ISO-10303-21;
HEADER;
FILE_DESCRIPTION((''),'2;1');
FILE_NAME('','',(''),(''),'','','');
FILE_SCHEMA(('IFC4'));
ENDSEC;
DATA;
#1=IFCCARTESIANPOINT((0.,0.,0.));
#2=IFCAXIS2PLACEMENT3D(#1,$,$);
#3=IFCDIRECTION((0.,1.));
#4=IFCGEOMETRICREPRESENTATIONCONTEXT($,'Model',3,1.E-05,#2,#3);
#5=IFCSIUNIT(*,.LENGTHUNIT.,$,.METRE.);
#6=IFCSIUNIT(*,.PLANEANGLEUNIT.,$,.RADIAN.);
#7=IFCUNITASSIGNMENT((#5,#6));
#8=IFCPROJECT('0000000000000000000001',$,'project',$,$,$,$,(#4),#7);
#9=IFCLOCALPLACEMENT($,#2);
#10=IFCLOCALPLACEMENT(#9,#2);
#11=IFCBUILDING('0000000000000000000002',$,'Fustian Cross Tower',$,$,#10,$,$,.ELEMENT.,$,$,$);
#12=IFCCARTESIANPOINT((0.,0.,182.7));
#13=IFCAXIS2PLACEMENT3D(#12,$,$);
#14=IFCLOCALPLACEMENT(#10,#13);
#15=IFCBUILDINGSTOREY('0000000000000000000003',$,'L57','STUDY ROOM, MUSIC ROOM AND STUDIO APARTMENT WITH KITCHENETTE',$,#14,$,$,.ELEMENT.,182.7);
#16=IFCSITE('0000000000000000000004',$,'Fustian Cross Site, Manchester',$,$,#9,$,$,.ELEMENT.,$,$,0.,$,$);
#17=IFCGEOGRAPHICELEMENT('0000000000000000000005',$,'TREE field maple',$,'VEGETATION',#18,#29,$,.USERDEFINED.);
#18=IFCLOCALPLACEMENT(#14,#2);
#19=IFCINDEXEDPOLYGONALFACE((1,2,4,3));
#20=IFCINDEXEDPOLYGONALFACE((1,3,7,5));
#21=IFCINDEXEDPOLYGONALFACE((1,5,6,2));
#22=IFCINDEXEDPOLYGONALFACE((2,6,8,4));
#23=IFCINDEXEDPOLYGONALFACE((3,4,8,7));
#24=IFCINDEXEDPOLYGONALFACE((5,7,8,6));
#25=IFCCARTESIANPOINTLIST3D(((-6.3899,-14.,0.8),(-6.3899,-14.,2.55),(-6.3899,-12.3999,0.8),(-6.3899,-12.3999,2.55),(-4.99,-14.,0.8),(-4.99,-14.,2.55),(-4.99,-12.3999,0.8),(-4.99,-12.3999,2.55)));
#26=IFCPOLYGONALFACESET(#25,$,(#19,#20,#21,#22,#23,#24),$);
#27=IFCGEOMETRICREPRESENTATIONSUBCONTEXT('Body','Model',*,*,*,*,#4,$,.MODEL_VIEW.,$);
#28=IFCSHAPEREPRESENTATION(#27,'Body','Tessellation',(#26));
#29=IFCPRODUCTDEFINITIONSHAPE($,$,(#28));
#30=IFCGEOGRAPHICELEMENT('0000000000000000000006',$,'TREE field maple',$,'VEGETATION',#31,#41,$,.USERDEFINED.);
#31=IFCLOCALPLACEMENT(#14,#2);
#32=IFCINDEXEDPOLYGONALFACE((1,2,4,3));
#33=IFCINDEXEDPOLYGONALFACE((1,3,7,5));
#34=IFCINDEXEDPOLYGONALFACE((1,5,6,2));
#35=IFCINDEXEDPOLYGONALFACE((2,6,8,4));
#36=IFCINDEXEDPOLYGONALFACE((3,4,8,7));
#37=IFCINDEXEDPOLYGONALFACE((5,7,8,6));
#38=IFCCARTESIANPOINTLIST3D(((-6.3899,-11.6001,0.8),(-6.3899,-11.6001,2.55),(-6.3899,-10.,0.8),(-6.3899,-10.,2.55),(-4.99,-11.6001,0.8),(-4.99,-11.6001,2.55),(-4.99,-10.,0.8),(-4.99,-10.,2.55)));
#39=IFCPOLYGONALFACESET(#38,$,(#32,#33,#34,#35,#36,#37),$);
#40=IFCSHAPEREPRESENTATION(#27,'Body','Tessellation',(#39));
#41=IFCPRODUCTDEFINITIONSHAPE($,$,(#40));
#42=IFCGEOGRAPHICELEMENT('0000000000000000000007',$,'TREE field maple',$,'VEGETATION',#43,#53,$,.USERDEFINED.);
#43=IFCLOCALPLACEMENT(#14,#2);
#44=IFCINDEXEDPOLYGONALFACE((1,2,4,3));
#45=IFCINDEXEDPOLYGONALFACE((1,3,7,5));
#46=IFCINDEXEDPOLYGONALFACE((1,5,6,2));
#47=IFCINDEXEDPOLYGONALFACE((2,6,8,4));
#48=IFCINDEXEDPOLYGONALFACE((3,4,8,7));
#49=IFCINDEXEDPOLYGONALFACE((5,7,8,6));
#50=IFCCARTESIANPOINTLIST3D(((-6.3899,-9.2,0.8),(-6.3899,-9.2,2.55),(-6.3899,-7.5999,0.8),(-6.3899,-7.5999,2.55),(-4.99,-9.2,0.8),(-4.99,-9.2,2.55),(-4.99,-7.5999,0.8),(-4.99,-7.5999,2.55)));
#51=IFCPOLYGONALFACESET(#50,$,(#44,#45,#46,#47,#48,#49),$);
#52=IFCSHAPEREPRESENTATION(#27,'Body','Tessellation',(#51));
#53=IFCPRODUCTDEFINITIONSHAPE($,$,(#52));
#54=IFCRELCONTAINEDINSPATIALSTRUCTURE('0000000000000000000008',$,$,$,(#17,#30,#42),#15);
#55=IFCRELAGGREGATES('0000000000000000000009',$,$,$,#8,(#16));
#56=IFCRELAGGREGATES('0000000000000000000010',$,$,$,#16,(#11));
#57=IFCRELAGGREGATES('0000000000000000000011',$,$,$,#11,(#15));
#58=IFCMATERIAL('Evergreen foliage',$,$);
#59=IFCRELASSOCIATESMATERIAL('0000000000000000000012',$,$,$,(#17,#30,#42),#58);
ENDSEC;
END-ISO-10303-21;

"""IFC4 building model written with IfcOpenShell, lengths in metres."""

from ifc_helpers import new_model, si_unit, direction, frame, origin, origin_2d, place, context, subcontext, project, spatial, rectangle, extrude, material, element, save


model = new_model("IFC4")

# Units and contexts
model_context = context("Model", 3, precision=1e-05, world=origin(), true_north=direction((0.0, 1.0)))
body_context = subcontext(model_context, "Body", "Model", "MODEL_VIEW")
ifc_project = project(units=[si_unit("LENGTHUNIT", "METRE"), si_unit("PLANEANGLEUNIT", "RADIAN")], contexts=[model_context])

# Site, building, storey
site_placement = place(None, origin())
site = spatial("IfcSite", under=ifc_project, at=site_placement, Name="Fustian Cross Site, Manchester", CompositionType="ELEMENT", RefElevation=0.0)
building_placement = place(site_placement, origin())
building = spatial("IfcBuilding", under=site, at=building_placement, Name="Fustian Cross Tower", CompositionType="ELEMENT")
storey_placement = place(building_placement, frame((0.0, 0.0, 182.7)))
storey = spatial("IfcBuildingStorey", under=building, at=storey_placement, Name="L57", Description="STUDY ROOM, MUSIC ROOM AND STUDIO APARTMENT WITH KITCHENETTE", CompositionType="ELEMENT", Elevation=182.7)

# Geographic elements
ifc_material_1 = material(Name="Evergreen foliage")
for number, where, z_axis, x_axis, name in (
    (1, (-5.6899, -13.2, 0.8), (0.0, 0.0, 1.0), (1.0, 0.0, 0.0), "TREE field maple"),
    (2, (-5.6899, -10.8, 0.8), (0.0, 0.0, 1.0), (1.0, 0.0, 0.0), "TREE field maple"),
    (3, (-5.6899, -8.3999, 0.8), (0.0, 0.0, 1.0), (1.0, 0.0, 0.0), "TREE field maple"),
):
    element("IfcGeographicElement", number, at=place(storey_placement, frame(where, z_axis=z_axis, x_axis=x_axis)), inside=storey, material=ifc_material_1, Name=name, ObjectType="VEGETATION", PredefinedType="USERDEFINED", context=body_context, shape_type="SweptSolid", body=[
        extrude(rectangle(XDim=1.3999, YDim=1.6001, at=origin_2d()), origin(), (0.0, 0.0, 1.0), 1.75),
    ])

save(model, "model.ifc")
